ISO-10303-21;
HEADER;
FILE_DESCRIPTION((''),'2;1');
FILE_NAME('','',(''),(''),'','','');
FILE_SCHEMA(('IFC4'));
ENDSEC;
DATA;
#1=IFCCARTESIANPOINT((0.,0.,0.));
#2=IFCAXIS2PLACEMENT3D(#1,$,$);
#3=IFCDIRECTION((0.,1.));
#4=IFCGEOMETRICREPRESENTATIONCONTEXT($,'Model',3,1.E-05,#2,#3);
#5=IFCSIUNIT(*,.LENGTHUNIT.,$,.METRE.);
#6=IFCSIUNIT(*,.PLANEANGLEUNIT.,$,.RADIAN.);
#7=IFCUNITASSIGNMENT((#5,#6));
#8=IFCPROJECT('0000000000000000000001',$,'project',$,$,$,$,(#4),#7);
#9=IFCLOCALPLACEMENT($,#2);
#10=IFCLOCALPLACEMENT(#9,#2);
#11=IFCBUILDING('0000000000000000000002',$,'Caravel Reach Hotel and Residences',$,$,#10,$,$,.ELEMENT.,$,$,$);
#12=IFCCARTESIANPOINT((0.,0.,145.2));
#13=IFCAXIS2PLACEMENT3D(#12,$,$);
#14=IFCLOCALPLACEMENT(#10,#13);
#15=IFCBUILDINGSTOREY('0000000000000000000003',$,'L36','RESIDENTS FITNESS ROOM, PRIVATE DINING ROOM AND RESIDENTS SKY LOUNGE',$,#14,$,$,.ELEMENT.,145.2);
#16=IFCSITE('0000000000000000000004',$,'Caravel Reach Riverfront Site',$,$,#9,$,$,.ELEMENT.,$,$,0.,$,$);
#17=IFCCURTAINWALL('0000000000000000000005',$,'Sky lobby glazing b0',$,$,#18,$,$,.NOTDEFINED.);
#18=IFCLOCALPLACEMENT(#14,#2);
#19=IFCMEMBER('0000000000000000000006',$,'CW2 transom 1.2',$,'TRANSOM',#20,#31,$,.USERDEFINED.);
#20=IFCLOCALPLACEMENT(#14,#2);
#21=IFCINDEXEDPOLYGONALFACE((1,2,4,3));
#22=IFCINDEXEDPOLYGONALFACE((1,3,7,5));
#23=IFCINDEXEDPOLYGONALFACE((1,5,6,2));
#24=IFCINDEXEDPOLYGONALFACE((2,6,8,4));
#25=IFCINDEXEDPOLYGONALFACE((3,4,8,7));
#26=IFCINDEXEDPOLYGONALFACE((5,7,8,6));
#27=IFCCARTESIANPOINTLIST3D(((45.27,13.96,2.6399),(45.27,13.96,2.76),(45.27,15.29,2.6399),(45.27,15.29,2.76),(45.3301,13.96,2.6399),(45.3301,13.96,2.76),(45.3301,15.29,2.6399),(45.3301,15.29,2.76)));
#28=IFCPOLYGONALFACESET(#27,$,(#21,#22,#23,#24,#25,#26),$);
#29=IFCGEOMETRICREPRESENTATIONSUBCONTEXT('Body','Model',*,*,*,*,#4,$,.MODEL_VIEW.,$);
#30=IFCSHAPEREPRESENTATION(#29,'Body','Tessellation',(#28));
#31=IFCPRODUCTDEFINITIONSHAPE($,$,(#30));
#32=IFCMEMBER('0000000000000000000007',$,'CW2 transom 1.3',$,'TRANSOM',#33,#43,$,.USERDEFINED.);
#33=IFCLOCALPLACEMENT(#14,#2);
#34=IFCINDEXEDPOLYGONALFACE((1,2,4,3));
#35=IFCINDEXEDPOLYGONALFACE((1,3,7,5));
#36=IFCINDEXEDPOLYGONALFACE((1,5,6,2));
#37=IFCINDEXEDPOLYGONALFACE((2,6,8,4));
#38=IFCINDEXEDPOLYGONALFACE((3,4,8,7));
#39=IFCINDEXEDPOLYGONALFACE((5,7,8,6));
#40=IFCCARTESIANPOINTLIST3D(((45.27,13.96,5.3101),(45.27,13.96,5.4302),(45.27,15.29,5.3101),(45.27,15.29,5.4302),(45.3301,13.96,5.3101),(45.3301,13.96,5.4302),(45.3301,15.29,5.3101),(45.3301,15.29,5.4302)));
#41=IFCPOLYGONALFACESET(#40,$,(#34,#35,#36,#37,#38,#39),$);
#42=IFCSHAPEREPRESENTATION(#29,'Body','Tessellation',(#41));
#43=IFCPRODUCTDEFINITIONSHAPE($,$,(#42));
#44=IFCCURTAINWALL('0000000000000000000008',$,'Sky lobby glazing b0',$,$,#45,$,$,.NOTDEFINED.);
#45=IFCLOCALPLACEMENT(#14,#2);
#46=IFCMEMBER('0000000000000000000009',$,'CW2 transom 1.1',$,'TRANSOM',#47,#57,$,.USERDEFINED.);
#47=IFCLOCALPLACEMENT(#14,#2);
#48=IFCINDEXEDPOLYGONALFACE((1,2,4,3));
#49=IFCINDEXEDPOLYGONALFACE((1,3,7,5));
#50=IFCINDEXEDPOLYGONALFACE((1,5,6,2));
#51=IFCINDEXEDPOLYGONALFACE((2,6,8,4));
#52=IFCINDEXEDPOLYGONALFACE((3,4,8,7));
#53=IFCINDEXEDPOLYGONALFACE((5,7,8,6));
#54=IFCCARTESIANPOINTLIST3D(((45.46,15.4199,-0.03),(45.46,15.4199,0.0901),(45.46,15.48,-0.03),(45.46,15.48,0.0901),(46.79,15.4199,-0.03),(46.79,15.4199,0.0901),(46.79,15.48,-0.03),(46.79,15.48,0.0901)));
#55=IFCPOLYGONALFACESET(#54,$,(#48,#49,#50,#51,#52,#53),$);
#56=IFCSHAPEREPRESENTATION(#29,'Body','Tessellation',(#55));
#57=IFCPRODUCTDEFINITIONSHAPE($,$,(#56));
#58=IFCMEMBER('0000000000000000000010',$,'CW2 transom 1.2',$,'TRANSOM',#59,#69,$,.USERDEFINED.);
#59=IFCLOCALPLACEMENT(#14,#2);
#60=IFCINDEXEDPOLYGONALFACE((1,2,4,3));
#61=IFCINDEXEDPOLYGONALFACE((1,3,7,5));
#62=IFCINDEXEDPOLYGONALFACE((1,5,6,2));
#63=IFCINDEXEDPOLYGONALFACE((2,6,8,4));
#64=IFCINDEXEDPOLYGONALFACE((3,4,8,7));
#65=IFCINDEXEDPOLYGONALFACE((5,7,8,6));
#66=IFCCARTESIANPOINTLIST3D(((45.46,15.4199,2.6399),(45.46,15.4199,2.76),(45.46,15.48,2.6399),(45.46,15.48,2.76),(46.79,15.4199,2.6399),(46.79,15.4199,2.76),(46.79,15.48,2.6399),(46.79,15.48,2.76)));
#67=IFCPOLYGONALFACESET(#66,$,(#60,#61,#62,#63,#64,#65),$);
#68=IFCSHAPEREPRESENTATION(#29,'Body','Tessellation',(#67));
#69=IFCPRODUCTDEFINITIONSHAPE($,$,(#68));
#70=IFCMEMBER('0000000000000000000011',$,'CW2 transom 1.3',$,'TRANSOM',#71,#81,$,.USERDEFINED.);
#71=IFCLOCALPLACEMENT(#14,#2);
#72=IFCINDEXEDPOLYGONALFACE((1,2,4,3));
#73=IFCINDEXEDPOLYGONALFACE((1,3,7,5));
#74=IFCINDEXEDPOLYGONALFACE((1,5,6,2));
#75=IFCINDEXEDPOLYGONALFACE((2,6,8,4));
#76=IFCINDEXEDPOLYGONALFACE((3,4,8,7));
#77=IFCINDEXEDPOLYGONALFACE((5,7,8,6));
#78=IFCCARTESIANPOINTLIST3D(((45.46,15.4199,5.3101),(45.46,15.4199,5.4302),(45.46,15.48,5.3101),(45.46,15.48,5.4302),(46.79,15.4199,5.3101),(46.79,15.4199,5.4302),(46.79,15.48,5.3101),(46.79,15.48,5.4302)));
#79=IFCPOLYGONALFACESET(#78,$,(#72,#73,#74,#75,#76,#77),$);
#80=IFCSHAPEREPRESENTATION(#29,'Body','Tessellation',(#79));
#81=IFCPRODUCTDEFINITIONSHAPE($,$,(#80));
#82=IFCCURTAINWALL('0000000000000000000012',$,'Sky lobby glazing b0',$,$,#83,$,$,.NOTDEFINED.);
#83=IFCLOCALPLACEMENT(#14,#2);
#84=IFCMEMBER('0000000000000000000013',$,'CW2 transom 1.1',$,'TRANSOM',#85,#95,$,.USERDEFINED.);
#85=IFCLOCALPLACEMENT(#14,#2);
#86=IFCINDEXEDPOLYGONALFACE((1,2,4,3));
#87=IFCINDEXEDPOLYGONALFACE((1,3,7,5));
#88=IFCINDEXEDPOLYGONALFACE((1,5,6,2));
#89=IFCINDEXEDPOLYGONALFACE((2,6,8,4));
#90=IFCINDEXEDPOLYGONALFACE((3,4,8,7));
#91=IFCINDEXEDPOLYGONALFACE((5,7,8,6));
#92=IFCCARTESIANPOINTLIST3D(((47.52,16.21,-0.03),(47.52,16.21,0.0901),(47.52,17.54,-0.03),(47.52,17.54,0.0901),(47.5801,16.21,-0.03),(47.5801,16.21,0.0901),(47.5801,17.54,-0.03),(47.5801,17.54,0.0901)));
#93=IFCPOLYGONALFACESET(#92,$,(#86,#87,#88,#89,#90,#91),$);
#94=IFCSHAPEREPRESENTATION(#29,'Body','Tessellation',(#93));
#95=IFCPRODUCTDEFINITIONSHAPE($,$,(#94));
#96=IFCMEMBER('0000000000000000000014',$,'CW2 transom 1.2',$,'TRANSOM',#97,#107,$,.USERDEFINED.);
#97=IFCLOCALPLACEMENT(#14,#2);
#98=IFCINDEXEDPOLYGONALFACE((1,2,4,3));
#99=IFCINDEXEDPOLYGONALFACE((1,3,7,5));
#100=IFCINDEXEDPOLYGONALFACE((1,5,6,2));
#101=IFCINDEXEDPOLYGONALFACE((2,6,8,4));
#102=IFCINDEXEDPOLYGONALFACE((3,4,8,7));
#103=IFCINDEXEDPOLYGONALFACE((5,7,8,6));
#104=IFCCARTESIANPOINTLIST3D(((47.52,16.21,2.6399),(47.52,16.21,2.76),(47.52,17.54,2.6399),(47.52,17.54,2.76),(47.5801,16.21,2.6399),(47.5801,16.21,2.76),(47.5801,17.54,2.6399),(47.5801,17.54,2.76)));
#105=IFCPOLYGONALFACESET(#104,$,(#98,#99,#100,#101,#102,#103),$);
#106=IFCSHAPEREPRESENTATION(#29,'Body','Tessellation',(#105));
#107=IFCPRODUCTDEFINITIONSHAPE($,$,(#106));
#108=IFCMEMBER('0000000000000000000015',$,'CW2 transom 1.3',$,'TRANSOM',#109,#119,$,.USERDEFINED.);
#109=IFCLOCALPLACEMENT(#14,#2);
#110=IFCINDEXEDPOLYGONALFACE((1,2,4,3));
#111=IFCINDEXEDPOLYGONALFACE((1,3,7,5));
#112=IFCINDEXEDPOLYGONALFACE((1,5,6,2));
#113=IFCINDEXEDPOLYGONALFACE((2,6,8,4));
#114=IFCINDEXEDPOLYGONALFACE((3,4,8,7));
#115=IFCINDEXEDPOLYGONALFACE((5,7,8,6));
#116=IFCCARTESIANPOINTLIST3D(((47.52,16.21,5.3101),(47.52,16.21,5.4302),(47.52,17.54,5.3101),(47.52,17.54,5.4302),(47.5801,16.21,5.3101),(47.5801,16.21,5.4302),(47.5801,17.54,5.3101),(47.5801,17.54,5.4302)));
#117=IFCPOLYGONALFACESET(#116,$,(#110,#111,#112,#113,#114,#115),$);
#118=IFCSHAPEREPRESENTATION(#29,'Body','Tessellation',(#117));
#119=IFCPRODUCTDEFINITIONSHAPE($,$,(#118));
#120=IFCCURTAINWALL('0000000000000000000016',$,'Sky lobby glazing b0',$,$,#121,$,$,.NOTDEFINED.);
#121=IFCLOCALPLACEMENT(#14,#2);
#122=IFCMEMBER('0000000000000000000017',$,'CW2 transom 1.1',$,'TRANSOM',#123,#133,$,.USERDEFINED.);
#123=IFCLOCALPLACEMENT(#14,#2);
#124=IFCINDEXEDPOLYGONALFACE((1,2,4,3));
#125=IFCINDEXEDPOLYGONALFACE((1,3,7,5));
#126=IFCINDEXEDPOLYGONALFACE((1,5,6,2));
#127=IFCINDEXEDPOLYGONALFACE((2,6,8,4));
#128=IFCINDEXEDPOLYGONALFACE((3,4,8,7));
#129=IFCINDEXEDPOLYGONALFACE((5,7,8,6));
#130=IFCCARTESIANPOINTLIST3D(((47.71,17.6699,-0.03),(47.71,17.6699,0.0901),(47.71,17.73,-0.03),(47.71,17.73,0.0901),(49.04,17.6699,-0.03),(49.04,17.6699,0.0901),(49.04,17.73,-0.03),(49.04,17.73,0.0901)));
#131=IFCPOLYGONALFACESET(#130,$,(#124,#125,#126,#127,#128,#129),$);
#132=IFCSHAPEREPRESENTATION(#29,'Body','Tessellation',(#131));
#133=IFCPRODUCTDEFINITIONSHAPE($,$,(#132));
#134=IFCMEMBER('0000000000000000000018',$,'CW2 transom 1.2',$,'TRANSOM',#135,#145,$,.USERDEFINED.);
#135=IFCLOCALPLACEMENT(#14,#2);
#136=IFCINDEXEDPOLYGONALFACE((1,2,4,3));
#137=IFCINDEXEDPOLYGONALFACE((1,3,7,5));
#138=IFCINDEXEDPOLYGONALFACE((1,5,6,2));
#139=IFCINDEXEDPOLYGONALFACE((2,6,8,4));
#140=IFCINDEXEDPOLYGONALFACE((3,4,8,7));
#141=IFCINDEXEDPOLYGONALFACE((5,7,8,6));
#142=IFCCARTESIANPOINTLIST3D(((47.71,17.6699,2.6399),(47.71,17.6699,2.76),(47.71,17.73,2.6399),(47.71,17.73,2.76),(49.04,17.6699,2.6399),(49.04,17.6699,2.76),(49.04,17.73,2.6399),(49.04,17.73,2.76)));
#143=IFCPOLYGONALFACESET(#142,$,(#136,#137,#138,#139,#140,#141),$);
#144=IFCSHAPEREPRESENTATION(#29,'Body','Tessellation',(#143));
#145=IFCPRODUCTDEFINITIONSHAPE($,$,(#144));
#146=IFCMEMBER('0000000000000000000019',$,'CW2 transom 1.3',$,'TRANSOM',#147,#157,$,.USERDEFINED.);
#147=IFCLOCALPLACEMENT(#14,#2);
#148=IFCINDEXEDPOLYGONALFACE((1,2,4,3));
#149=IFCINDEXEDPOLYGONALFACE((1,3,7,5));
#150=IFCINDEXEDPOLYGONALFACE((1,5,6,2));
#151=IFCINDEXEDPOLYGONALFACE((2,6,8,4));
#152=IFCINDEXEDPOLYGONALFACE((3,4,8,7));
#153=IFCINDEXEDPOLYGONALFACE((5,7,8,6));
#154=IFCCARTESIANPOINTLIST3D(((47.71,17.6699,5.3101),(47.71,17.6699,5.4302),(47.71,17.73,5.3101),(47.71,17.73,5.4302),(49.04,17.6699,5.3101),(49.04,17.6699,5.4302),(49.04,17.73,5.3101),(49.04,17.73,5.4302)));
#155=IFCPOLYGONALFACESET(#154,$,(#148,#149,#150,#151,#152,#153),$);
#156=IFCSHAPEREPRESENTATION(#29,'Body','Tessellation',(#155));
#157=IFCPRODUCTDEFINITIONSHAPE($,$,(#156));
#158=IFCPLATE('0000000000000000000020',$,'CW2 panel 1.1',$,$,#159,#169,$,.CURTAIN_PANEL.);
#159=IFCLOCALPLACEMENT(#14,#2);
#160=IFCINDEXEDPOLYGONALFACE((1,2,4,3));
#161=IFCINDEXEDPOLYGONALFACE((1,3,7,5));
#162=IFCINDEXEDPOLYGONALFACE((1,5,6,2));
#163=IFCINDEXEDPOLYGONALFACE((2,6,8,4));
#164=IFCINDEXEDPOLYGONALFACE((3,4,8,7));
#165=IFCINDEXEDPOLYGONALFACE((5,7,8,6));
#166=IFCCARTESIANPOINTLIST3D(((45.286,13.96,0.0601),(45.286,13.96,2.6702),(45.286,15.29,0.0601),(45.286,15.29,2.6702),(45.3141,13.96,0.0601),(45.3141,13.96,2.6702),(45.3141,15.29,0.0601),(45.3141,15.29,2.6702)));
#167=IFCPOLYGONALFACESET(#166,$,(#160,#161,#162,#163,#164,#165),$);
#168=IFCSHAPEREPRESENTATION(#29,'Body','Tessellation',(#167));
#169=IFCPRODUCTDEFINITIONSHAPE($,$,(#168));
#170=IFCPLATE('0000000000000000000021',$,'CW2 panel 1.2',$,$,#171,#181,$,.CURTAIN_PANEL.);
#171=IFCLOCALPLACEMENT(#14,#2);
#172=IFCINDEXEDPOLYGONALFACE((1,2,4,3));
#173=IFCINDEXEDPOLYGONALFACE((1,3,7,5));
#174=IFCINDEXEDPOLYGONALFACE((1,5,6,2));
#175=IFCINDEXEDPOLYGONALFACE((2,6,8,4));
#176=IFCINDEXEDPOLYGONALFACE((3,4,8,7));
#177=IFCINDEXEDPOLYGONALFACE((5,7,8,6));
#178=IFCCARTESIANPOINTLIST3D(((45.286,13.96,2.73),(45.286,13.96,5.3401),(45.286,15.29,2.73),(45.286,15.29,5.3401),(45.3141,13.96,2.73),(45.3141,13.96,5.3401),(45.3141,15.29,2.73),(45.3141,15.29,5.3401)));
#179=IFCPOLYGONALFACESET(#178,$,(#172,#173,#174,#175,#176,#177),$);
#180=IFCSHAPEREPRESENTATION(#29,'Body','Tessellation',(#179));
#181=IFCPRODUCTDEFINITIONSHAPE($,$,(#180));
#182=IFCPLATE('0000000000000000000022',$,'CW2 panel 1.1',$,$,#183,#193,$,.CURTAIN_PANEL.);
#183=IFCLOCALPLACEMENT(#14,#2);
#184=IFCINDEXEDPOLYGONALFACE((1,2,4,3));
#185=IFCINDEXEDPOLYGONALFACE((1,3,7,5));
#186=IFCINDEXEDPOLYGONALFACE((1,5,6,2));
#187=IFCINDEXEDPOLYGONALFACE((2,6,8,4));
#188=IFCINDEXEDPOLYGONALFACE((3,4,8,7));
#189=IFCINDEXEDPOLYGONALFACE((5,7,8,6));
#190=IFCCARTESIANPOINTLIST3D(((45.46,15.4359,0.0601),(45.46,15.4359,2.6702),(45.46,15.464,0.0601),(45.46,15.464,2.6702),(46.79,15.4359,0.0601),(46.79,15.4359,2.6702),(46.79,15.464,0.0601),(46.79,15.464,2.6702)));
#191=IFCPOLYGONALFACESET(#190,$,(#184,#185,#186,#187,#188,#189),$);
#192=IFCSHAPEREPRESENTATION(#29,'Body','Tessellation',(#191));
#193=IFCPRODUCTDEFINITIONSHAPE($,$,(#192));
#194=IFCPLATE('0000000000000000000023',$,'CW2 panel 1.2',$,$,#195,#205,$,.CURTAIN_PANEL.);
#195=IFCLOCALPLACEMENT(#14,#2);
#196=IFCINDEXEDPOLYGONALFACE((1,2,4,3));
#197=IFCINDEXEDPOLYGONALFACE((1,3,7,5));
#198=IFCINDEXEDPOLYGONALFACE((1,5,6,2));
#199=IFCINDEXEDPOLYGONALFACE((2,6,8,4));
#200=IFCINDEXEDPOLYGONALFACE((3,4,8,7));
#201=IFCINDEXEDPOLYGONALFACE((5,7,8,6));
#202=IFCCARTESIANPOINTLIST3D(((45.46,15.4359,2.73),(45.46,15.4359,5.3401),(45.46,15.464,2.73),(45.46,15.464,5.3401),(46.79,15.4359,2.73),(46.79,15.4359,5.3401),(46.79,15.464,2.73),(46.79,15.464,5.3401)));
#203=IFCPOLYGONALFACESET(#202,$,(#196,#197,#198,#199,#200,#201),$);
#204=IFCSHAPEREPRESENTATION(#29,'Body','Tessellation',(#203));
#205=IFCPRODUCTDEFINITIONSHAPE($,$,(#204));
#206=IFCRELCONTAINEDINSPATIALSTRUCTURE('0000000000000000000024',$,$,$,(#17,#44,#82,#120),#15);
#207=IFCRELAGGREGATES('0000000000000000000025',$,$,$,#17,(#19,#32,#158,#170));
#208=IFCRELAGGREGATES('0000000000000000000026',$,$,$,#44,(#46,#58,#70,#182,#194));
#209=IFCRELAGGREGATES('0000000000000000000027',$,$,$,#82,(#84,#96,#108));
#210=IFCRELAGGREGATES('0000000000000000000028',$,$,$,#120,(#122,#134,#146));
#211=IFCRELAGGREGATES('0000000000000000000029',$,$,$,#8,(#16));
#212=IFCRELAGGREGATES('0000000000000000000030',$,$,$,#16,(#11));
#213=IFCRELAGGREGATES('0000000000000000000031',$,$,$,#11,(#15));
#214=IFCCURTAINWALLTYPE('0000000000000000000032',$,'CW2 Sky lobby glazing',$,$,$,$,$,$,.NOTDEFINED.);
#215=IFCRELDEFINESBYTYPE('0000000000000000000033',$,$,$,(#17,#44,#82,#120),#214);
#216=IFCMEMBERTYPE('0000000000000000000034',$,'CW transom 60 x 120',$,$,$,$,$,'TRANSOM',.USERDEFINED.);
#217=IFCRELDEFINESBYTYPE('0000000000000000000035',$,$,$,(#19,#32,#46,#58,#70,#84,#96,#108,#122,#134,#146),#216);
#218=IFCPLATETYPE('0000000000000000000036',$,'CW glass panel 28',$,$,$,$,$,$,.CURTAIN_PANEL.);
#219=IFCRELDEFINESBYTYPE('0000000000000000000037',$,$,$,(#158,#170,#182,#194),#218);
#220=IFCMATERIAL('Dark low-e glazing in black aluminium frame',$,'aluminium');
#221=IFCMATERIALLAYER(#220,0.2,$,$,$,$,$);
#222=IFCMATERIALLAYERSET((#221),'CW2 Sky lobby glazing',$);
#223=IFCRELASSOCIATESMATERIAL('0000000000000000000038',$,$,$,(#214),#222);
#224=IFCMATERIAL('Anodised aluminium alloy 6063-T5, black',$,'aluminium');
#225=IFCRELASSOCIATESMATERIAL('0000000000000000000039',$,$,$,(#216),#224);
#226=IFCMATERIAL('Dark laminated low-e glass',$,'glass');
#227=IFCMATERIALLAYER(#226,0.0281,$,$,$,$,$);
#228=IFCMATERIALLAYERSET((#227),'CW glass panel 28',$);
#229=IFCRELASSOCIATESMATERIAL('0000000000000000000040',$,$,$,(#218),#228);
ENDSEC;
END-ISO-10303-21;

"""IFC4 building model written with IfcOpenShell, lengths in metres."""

from ifc_helpers import new_model, si_unit, direction, frame, origin, origin_2d, place, context, subcontext, project, spatial, rectangle, extrude, material, layer, layer_set, material_profile, profile_set, type_object, element, aggregate, save


model = new_model("IFC4")

# Units and contexts
model_context = context("Model", 3, precision=1e-05, world=origin(), true_north=direction((0.0, 1.0)))
body_context = subcontext(model_context, "Body", "Model", "MODEL_VIEW")
ifc_project = project(units=[si_unit("LENGTHUNIT", "METRE"), si_unit("PLANEANGLEUNIT", "RADIAN")], contexts=[model_context])

# Site, building, storey
site_placement = place(None, origin())
site = spatial("IfcSite", under=ifc_project, at=site_placement, Name="Caravel Reach Riverfront Site", CompositionType="ELEMENT", RefElevation=0.0)
building_placement = place(site_placement, origin())
building = spatial("IfcBuilding", under=site, at=building_placement, Name="Caravel Reach Hotel and Residences", CompositionType="ELEMENT")
storey_placement = place(building_placement, frame((0.0, 0.0, 145.2)))
storey = spatial("IfcBuildingStorey", under=building, at=storey_placement, Name="L36", Description="RESIDENTS FITNESS ROOM, PRIVATE DINING ROOM AND RESIDENTS SKY LOUNGE", CompositionType="ELEMENT", Elevation=145.2)

# Curtain walls, members
ifc_material_1 = material(Name="Dark low-e glazing in black aluminium frame", Category="aluminium")
ifc_layer_1 = layer(ifc_material_1, 0.2)
ifc_layer_set_1 = layer_set([ifc_layer_1], Name="CW2 Sky lobby glazing")
curtain_wall_type = type_object("IfcCurtainWallType", Name="CW2 Sky lobby glazing", PredefinedType="NOTDEFINED", material=ifc_layer_set_1)
curtain_wall_1_placement = place(storey_placement, origin())
curtain_wall_1 = element("IfcCurtainWall", 1, at=curtain_wall_1_placement, inside=storey, type_object=curtain_wall_type, Name="Sky lobby glazing b0", PredefinedType="NOTDEFINED")
ifc_material_2 = material(Name="Anodised aluminium alloy 6063-T5, black", Category="aluminium")
ifc_material_profile = material_profile(ifc_material_2, rectangle(XDim=0.0601, YDim=0.1201, at=origin_2d()), Name="CW transom 60 x 120")
ifc_profile_set = profile_set([ifc_material_profile], Name="Anodised aluminium alloy 6063-T5, black")
member_type = type_object("IfcMemberType", Name="CW transom 60 x 120", ElementType="TRANSOM", PredefinedType="USERDEFINED", material=ifc_profile_set)
member_1_placement = place(storey_placement, frame((45.3, 13.96, 2.7), z_axis=(0.0, 1.0, 0.0), x_axis=(-1.0, 0.0, 0.0)))
member_1 = element("IfcMember", 2, at=member_1_placement, type_object=member_type, Name="CW2 transom 1.2", ObjectType="TRANSOM", PredefinedType="USERDEFINED", context=body_context, shape_type="SweptSolid", body=[
    extrude(rectangle(XDim=0.0601, YDim=0.1201, at=origin_2d()), origin(), (0.0, 0.0, 1.0), 1.3301),
])
member_2_placement = place(storey_placement, frame((45.3, 13.96, 5.3701), z_axis=(0.0, 1.0, 0.0), x_axis=(-1.0, 0.0, 0.0)))
member_2 = element("IfcMember", 3, at=member_2_placement, type_object=member_type, Name="CW2 transom 1.3", ObjectType="TRANSOM", PredefinedType="USERDEFINED", context=body_context, shape_type="SweptSolid", body=[
    extrude(rectangle(XDim=0.0601, YDim=0.1201, at=origin_2d()), origin(), (0.0, 0.0, 1.0), 1.3301),
])
curtain_wall_2_placement = place(storey_placement, origin())
curtain_wall_2 = element("IfcCurtainWall", 4, at=curtain_wall_2_placement, inside=storey, type_object=curtain_wall_type, Name="Sky lobby glazing b0", PredefinedType="NOTDEFINED")
member_3_placement = place(storey_placement, frame((45.46, 15.45, 0.03), z_axis=(1.0, 0.0, 0.0), x_axis=(0.0, 1.0, 0.0)))
member_3 = element("IfcMember", 5, at=member_3_placement, type_object=member_type, Name="CW2 transom 1.1", ObjectType="TRANSOM", PredefinedType="USERDEFINED", context=body_context, shape_type="SweptSolid", body=[
    extrude(rectangle(XDim=0.0601, YDim=0.1201, at=origin_2d()), origin(), (0.0, 0.0, 1.0), 1.3301),
])
member_4_placement = place(storey_placement, frame((45.46, 15.45, 2.7), z_axis=(1.0, 0.0, 0.0), x_axis=(0.0, 1.0, 0.0)))
member_4 = element("IfcMember", 6, at=member_4_placement, type_object=member_type, Name="CW2 transom 1.2", ObjectType="TRANSOM", PredefinedType="USERDEFINED", context=body_context, shape_type="SweptSolid", body=[
    extrude(rectangle(XDim=0.0601, YDim=0.1201, at=origin_2d()), origin(), (0.0, 0.0, 1.0), 1.3301),
])
member_5_placement = place(storey_placement, frame((45.46, 15.45, 5.3701), z_axis=(1.0, 0.0, 0.0), x_axis=(0.0, 1.0, 0.0)))
member_5 = element("IfcMember", 7, at=member_5_placement, type_object=member_type, Name="CW2 transom 1.3", ObjectType="TRANSOM", PredefinedType="USERDEFINED", context=body_context, shape_type="SweptSolid", body=[
    extrude(rectangle(XDim=0.0601, YDim=0.1201, at=origin_2d()), origin(), (0.0, 0.0, 1.0), 1.3301),
])
curtain_wall_3_placement = place(storey_placement, origin())
curtain_wall_3 = element("IfcCurtainWall", 8, at=curtain_wall_3_placement, inside=storey, type_object=curtain_wall_type, Name="Sky lobby glazing b0", PredefinedType="NOTDEFINED")
member_6_placement = place(storey_placement, frame((47.55, 16.21, 0.03), z_axis=(0.0, 1.0, 0.0), x_axis=(-1.0, 0.0, 0.0)))
member_6 = element("IfcMember", 9, at=member_6_placement, type_object=member_type, Name="CW2 transom 1.1", ObjectType="TRANSOM", PredefinedType="USERDEFINED", context=body_context, shape_type="SweptSolid", body=[
    extrude(rectangle(XDim=0.0601, YDim=0.1201, at=origin_2d()), origin(), (0.0, 0.0, 1.0), 1.3301),
])
member_7_placement = place(storey_placement, frame((47.55, 16.21, 2.7), z_axis=(0.0, 1.0, 0.0), x_axis=(-1.0, 0.0, 0.0)))
member_7 = element("IfcMember", 10, at=member_7_placement, type_object=member_type, Name="CW2 transom 1.2", ObjectType="TRANSOM", PredefinedType="USERDEFINED", context=body_context, shape_type="SweptSolid", body=[
    extrude(rectangle(XDim=0.0601, YDim=0.1201, at=origin_2d()), origin(), (0.0, 0.0, 1.0), 1.3301),
])
member_8_placement = place(storey_placement, frame((47.55, 16.21, 5.3701), z_axis=(0.0, 1.0, 0.0), x_axis=(-1.0, 0.0, 0.0)))
member_8 = element("IfcMember", 11, at=member_8_placement, type_object=member_type, Name="CW2 transom 1.3", ObjectType="TRANSOM", PredefinedType="USERDEFINED", context=body_context, shape_type="SweptSolid", body=[
    extrude(rectangle(XDim=0.0601, YDim=0.1201, at=origin_2d()), origin(), (0.0, 0.0, 1.0), 1.3301),
])
curtain_wall_4_placement = place(storey_placement, origin())
curtain_wall_4 = element("IfcCurtainWall", 12, at=curtain_wall_4_placement, inside=storey, type_object=curtain_wall_type, Name="Sky lobby glazing b0", PredefinedType="NOTDEFINED")
member_9_placement = place(storey_placement, frame((47.71, 17.7, 0.03), z_axis=(1.0, 0.0, 0.0), x_axis=(0.0, 1.0, 0.0)))
member_9 = element("IfcMember", 13, at=member_9_placement, type_object=member_type, Name="CW2 transom 1.1", ObjectType="TRANSOM", PredefinedType="USERDEFINED", context=body_context, shape_type="SweptSolid", body=[
    extrude(rectangle(XDim=0.0601, YDim=0.1201, at=origin_2d()), origin(), (0.0, 0.0, 1.0), 1.3301),
])
member_10_placement = place(storey_placement, frame((47.71, 17.7, 2.7), z_axis=(1.0, 0.0, 0.0), x_axis=(0.0, 1.0, 0.0)))
member_10 = element("IfcMember", 14, at=member_10_placement, type_object=member_type, Name="CW2 transom 1.2", ObjectType="TRANSOM", PredefinedType="USERDEFINED", context=body_context, shape_type="SweptSolid", body=[
    extrude(rectangle(XDim=0.0601, YDim=0.1201, at=origin_2d()), origin(), (0.0, 0.0, 1.0), 1.3301),
])
member_11_placement = place(storey_placement, frame((47.71, 17.7, 5.3701), z_axis=(1.0, 0.0, 0.0), x_axis=(0.0, 1.0, 0.0)))
member_11 = element("IfcMember", 15, at=member_11_placement, type_object=member_type, Name="CW2 transom 1.3", ObjectType="TRANSOM", PredefinedType="USERDEFINED", context=body_context, shape_type="SweptSolid", body=[
    extrude(rectangle(XDim=0.0601, YDim=0.1201, at=origin_2d()), origin(), (0.0, 0.0, 1.0), 1.3301),
])

# Plates
ifc_material_3 = material(Name="Dark laminated low-e glass", Category="glass")
ifc_layer_2 = layer(ifc_material_3, 0.0281)
ifc_layer_set_2 = layer_set([ifc_layer_2], Name="CW glass panel 28")
plate_type = type_object("IfcPlateType", Name="CW glass panel 28", PredefinedType="CURTAIN_PANEL", material=ifc_layer_set_2)
plate_1_placement = place(storey_placement, frame((45.3, 14.625, 0.0601), z_axis=(0.0, 0.0, 1.0), x_axis=(0.0, 1.0, 0.0)))
plate_1 = element("IfcPlate", 16, at=plate_1_placement, type_object=plate_type, Name="CW2 panel 1.1", PredefinedType="CURTAIN_PANEL", context=body_context, shape_type="SweptSolid", body=[
    extrude(rectangle(XDim=1.3301, YDim=0.0281, at=origin_2d()), origin(), (0.0, 0.0, 1.0), 2.6101),
])
plate_2_placement = place(storey_placement, frame((45.3, 14.625, 2.73), z_axis=(0.0, 0.0, 1.0), x_axis=(0.0, 1.0, 0.0)))
plate_2 = element("IfcPlate", 17, at=plate_2_placement, type_object=plate_type, Name="CW2 panel 1.2", PredefinedType="CURTAIN_PANEL", context=body_context, shape_type="SweptSolid", body=[
    extrude(rectangle(XDim=1.3301, YDim=0.0281, at=origin_2d()), origin(), (0.0, 0.0, 1.0), 2.6101),
])
aggregate(curtain_wall_1, [member_1, member_2, plate_1, plate_2])
plate_3_placement = place(storey_placement, frame((46.125, 15.45, 0.0601), z_axis=(0.0, 0.0, 1.0), x_axis=(1.0, 0.0, 0.0)))
plate_3 = element("IfcPlate", 18, at=plate_3_placement, type_object=plate_type, Name="CW2 panel 1.1", PredefinedType="CURTAIN_PANEL", context=body_context, shape_type="SweptSolid", body=[
    extrude(rectangle(XDim=1.3301, YDim=0.0281, at=origin_2d()), origin(), (0.0, 0.0, 1.0), 2.6101),
])
plate_4_placement = place(storey_placement, frame((46.125, 15.45, 2.73), z_axis=(0.0, 0.0, 1.0), x_axis=(1.0, 0.0, 0.0)))
plate_4 = element("IfcPlate", 19, at=plate_4_placement, type_object=plate_type, Name="CW2 panel 1.2", PredefinedType="CURTAIN_PANEL", context=body_context, shape_type="SweptSolid", body=[
    extrude(rectangle(XDim=1.3301, YDim=0.0281, at=origin_2d()), origin(), (0.0, 0.0, 1.0), 2.6101),
])
aggregate(curtain_wall_2, [member_3, member_4, member_5, plate_3, plate_4])
aggregate(curtain_wall_3, [member_6, member_7, member_8])
aggregate(curtain_wall_4, [member_9, member_10, member_11])

save(model, "model.ifc")
